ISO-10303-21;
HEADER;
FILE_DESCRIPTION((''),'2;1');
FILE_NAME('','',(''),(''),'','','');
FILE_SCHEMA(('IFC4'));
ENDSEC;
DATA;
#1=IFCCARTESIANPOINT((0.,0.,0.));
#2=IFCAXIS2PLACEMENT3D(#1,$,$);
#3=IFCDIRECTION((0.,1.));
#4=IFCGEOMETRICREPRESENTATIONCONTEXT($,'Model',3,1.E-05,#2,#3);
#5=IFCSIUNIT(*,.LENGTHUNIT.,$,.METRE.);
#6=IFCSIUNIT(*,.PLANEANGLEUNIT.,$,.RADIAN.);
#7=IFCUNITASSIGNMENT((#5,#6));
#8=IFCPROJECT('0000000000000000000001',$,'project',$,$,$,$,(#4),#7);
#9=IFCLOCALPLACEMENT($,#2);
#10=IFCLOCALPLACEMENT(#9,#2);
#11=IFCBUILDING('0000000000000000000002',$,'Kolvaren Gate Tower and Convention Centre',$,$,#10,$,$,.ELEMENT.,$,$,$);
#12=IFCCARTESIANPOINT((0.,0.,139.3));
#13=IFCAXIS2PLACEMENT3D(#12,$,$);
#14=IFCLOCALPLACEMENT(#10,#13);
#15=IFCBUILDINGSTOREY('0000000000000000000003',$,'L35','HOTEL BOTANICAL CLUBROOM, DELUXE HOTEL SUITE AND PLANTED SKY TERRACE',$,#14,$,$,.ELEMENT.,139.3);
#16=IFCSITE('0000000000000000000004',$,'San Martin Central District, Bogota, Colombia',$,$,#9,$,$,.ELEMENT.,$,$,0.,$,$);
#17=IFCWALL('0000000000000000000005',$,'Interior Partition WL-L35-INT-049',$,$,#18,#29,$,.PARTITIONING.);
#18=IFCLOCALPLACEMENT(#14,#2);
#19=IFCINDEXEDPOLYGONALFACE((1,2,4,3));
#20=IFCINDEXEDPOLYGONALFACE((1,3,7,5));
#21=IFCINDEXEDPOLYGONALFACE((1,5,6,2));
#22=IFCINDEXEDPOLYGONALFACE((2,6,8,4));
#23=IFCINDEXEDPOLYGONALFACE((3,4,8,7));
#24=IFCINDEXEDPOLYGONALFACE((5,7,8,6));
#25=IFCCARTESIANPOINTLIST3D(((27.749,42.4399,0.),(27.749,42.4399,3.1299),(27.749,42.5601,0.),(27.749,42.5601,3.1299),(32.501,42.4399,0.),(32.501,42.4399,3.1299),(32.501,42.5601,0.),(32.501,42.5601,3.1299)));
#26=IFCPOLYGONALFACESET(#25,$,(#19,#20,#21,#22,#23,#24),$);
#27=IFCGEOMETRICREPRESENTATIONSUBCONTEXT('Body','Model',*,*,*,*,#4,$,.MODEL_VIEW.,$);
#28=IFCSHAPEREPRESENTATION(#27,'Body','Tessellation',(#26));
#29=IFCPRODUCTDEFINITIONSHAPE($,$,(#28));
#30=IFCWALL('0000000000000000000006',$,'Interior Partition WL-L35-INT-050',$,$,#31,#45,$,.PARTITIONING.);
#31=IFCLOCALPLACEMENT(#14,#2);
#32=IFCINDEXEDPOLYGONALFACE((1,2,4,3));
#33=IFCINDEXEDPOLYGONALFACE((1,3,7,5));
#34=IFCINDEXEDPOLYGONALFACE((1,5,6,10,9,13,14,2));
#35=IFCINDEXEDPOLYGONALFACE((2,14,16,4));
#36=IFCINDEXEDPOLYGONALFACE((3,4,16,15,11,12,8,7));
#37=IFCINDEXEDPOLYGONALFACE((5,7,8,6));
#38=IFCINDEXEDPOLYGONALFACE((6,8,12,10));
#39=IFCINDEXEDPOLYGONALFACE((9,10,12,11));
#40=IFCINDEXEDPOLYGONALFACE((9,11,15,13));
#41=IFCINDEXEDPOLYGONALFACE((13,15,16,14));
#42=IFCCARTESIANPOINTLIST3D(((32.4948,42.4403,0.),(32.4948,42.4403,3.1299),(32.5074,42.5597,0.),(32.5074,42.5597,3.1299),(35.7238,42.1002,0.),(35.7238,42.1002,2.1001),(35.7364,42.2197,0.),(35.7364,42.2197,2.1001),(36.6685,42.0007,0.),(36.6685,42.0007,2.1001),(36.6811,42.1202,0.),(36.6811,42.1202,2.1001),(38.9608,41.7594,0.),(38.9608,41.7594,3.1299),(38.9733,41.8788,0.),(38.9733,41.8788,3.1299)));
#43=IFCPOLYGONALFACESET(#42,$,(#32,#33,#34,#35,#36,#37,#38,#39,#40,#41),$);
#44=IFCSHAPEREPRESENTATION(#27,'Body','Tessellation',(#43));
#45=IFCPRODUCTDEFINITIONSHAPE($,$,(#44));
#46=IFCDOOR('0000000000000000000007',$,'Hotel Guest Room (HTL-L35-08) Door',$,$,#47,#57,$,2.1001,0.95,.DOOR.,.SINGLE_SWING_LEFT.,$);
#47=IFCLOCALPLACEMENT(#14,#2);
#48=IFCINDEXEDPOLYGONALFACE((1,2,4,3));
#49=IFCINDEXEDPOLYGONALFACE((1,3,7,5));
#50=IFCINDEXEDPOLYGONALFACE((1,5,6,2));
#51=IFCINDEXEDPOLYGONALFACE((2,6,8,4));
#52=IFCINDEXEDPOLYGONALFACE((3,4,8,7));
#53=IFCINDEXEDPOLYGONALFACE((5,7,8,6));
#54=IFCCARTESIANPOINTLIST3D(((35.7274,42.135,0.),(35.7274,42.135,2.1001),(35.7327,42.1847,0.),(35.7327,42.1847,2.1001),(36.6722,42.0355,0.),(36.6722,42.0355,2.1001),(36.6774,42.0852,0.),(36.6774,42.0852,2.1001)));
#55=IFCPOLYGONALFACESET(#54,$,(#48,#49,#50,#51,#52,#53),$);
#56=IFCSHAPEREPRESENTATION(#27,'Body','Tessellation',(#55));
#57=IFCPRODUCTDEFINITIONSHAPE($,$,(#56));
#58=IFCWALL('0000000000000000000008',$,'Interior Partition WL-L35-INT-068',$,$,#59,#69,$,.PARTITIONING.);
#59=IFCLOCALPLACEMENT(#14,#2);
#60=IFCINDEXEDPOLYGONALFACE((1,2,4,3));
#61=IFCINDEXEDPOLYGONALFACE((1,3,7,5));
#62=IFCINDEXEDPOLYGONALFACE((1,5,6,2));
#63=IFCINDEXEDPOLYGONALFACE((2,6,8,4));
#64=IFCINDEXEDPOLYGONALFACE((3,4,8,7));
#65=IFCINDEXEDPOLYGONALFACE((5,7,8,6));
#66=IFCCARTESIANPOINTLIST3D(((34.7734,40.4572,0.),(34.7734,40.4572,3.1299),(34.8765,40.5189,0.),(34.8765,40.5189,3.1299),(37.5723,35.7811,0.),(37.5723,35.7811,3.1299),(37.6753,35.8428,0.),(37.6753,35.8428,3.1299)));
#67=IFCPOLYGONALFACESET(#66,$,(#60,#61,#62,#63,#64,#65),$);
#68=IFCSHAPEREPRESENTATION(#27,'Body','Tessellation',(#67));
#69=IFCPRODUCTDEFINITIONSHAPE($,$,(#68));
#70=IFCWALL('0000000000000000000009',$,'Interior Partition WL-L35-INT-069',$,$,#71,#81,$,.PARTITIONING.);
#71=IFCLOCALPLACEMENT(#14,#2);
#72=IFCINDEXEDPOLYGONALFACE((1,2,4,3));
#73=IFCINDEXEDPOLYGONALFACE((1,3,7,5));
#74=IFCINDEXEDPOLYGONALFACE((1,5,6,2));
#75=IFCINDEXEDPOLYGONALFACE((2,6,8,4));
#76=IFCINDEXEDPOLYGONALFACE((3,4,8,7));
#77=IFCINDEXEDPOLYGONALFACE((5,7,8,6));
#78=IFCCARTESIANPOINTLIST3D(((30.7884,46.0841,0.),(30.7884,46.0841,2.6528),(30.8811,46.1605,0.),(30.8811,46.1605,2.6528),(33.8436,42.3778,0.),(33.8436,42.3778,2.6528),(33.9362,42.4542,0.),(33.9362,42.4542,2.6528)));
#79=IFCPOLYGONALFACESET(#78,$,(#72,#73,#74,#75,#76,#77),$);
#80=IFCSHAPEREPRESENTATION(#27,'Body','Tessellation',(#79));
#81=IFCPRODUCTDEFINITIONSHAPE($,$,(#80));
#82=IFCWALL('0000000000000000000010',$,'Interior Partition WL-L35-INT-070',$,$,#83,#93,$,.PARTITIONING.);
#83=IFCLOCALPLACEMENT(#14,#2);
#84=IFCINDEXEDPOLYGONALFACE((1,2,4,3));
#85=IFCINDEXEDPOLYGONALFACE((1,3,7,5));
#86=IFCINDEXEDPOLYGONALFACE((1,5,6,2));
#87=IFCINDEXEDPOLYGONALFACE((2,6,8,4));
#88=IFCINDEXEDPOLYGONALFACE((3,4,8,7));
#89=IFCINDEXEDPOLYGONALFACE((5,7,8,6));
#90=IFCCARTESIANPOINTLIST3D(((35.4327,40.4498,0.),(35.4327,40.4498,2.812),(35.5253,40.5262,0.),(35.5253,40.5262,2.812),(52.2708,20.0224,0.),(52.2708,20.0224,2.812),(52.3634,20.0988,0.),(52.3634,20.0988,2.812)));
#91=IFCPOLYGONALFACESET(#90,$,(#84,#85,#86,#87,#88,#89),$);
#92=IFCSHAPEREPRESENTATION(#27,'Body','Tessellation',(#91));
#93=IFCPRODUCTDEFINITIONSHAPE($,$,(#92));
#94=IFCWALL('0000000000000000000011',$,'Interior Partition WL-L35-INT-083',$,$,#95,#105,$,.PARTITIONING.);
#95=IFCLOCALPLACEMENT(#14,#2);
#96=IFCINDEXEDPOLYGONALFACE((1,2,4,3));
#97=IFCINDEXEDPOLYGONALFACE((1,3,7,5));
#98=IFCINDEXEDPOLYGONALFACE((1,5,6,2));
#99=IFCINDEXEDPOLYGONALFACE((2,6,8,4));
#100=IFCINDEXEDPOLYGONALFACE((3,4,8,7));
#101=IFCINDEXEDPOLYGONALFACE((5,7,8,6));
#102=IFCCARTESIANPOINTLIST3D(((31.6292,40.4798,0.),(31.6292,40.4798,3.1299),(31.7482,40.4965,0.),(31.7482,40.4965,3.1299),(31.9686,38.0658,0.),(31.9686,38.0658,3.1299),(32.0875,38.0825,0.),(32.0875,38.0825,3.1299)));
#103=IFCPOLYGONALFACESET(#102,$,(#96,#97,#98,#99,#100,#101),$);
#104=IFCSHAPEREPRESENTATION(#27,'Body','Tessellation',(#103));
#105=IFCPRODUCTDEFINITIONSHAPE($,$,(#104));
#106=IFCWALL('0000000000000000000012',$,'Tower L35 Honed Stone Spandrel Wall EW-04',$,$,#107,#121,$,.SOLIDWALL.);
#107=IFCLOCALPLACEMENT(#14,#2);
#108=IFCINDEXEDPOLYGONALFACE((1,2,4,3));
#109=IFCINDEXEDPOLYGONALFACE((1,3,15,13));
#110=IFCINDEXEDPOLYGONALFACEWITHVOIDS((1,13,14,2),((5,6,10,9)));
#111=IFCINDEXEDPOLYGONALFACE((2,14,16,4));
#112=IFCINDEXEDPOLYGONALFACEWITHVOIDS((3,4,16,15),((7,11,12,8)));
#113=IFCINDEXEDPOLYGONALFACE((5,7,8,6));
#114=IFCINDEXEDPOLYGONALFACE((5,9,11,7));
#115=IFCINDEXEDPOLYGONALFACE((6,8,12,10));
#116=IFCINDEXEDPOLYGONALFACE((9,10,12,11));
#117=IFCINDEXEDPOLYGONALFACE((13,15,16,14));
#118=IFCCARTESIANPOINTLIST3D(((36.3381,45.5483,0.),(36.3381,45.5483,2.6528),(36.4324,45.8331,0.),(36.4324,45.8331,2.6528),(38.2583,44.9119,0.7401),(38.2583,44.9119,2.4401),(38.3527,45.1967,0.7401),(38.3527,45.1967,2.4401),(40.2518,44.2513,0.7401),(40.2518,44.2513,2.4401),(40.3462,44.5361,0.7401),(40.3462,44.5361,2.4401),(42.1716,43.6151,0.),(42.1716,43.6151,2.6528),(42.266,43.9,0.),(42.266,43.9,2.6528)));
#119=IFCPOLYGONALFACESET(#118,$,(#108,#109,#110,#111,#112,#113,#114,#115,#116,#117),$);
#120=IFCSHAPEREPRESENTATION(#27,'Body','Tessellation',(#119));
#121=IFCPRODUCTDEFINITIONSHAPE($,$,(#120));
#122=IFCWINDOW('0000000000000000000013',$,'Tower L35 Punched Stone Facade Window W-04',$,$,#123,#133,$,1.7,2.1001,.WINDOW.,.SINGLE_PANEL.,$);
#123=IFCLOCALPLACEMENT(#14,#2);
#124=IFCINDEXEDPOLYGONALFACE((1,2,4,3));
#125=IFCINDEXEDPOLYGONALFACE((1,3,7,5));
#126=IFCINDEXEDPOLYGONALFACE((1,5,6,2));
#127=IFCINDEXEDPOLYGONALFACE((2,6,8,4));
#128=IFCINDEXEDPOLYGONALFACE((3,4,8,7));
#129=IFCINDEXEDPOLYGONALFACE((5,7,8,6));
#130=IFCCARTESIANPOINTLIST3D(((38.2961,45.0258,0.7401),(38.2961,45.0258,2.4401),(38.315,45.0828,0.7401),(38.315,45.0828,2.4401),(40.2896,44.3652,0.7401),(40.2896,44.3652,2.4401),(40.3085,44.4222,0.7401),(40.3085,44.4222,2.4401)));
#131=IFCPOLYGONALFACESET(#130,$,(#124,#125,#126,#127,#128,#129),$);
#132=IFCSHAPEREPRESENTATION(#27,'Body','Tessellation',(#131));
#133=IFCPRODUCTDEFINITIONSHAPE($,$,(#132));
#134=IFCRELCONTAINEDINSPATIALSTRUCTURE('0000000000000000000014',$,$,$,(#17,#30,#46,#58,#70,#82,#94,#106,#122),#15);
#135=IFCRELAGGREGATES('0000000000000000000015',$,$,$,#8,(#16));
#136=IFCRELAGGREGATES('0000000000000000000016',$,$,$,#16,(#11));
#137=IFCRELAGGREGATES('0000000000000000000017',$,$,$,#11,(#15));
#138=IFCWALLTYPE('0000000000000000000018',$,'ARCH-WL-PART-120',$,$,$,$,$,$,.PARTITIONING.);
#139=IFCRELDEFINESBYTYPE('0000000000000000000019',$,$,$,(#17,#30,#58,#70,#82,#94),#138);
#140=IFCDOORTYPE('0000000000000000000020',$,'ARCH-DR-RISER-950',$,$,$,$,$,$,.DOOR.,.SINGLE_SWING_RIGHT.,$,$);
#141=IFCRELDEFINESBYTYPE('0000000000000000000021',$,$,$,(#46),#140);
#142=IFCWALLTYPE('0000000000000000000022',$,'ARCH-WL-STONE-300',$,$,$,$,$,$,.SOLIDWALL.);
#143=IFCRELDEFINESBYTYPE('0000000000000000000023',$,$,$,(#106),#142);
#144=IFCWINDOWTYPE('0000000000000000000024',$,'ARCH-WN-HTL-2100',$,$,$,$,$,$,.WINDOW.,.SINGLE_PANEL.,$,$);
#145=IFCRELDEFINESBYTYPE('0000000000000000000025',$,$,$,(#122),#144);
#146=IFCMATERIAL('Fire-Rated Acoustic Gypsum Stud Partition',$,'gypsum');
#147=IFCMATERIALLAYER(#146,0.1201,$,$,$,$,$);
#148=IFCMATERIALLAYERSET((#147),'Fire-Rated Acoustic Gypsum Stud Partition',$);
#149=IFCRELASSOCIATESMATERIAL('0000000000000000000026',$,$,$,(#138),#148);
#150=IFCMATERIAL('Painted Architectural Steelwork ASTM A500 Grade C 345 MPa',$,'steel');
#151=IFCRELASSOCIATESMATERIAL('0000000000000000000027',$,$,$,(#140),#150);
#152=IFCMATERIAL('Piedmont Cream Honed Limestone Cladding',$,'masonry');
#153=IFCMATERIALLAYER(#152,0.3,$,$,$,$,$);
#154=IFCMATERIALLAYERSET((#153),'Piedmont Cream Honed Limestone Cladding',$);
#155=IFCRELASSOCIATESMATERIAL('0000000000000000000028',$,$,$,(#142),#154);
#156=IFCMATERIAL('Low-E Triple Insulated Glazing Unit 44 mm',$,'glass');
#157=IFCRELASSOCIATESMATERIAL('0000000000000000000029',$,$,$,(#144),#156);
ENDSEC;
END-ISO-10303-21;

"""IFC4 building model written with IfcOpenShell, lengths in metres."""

from ifc_helpers import new_model, si_unit, direction, frame, frame_2d, origin, place, context, subcontext, project, spatial, rectangle, extrude, material, layer, layer_set, type_object, element, fill, save


model = new_model("IFC4")

# Units and contexts
model_context = context("Model", 3, precision=1e-05, world=origin(), true_north=direction((0.0, 1.0)))
body_context = subcontext(model_context, "Body", "Model", "MODEL_VIEW")
ifc_project = project(units=[si_unit("LENGTHUNIT", "METRE"), si_unit("PLANEANGLEUNIT", "RADIAN")], contexts=[model_context])

# Site, building, storey
site_placement = place(None, origin())
site = spatial("IfcSite", under=ifc_project, at=site_placement, Name="San Martin Central District, Bogota, Colombia", CompositionType="ELEMENT", RefElevation=0.0)
building_placement = place(site_placement, origin())
building = spatial("IfcBuilding", under=site, at=building_placement, Name="Kolvaren Gate Tower and Convention Centre", CompositionType="ELEMENT")
storey_placement = place(building_placement, frame((0.0, 0.0, 139.3)))
storey = spatial("IfcBuildingStorey", under=building, at=storey_placement, Name="L35", Description="HOTEL BOTANICAL CLUBROOM, DELUXE HOTEL SUITE AND PLANTED SKY TERRACE", CompositionType="ELEMENT", Elevation=139.3)

# Shared definitions
ifc_material_1 = material(Name="Fire-Rated Acoustic Gypsum Stud Partition", Category="gypsum")
ifc_layer_1 = layer(ifc_material_1, 0.1201)
ifc_layer_set_1 = layer_set([ifc_layer_1], Name="Fire-Rated Acoustic Gypsum Stud Partition")
wall_type_1 = type_object("IfcWallType", Name="ARCH-WL-PART-120", PredefinedType="PARTITIONING", material=ifc_layer_set_1)
ifc_material_2 = material(Name="Painted Architectural Steelwork ASTM A500 Grade C 345 MPa", Category="steel")
door_type_1 = type_object("IfcDoorType", Name="ARCH-DR-RISER-950", OperationType="SINGLE_SWING_RIGHT", PredefinedType="DOOR", material=ifc_material_2)

# Wall
wall_1_placement = place(storey_placement, frame((27.749, 42.5, 0.0), z_axis=(0.0, 0.0, 1.0), x_axis=(1.0, 0.0, 0.0)))
element("IfcWall", 1, at=wall_1_placement, inside=storey, type_object=wall_type_1, Name="Interior Partition WL-L35-INT-049", PredefinedType="PARTITIONING", context=body_context, shape_type="SweptSolid", body=[
    extrude(rectangle(XDim=4.752, YDim=0.1201, at=frame_2d((2.376, 0.0))), origin(), (0.0, 0.0, 1.0), 3.1299),
])

# Wall, opening, door
wall_2_placement = place(storey_placement, frame((32.501, 42.5, 0.0), z_axis=(0.0, 0.0, 1.0), x_axis=(0.994501, -0.104726, 0.0)))
wall_2 = element("IfcWall", 2, at=wall_2_placement, inside=storey, type_object=wall_type_1, Name="Interior Partition WL-L35-INT-050", PredefinedType="PARTITIONING", context=body_context, shape_type="SweptSolid", body=[
    extrude(rectangle(XDim=6.5017, YDim=0.1201, at=frame_2d((3.251, 0.0))), origin(), (0.0, 0.0, 1.0), 3.1299),
])
opening_1_placement = place(wall_2_placement, frame((3.2468, 0.0, 0.0)))
opening_1 = element("IfcOpeningElement", 3, at=opening_1_placement, cuts=wall_2, PredefinedType="OPENING", context=body_context, shape_type="SweptSolid", body=[
    extrude(rectangle(XDim=0.95, YDim=2.1001, at=frame_2d((0.4751, 1.05))), frame((0.0, 0.0701, 0.0), z_axis=(0.0, -1.0, 0.0), x_axis=(1.0, 0.0, 0.0)), (0.0, 0.0, 1.0), 0.1401),
])
door_1_placement = place(opening_1_placement, origin())
door_1 = element("IfcDoor", 4, at=door_1_placement, inside=storey, type_object=door_type_1, Name="Hotel Guest Room (HTL-L35-08) Door", OperationType="SINGLE_SWING_LEFT", OverallHeight=2.1001, OverallWidth=0.95, PredefinedType="DOOR", context=body_context, shape_type="SweptSolid", body=[
    extrude(rectangle(XDim=0.95, YDim=2.1001, at=frame_2d((0.4751, 1.05))), frame((0.0, 0.0249, 0.0), z_axis=(0.0, -1.0, 0.0), x_axis=(1.0, 0.0, 0.0)), (0.0, 0.0, 1.0), 0.05),
])
fill(opening_1, door_1)

# Walls
wall_3_placement = place(storey_placement, frame((34.825, 40.488, 0.0), z_axis=(0.0, 0.0, 1.0), x_axis=(0.51358, -0.858042, 0.0)))
element("IfcWall", 5, at=wall_3_placement, inside=storey, type_object=wall_type_1, Name="Interior Partition WL-L35-INT-068", PredefinedType="PARTITIONING", context=body_context, shape_type="SweptSolid", body=[
    extrude(rectangle(XDim=5.4497, YDim=0.1201, at=frame_2d((2.7249, 0.0))), origin(), (0.0, 0.0, 1.0), 3.1299),
])
wall_4_placement = place(storey_placement, frame((30.8347, 46.1223, 0.0), z_axis=(0.0, 0.0, 1.0), x_axis=(0.636071, -0.771631, 0.0)))
element("IfcWall", 6, at=wall_4_placement, inside=storey, type_object=wall_type_1, Name="Interior Partition WL-L35-INT-069", PredefinedType="PARTITIONING", context=body_context, shape_type="SweptSolid", body=[
    extrude(rectangle(XDim=4.8032, YDim=0.1201, at=frame_2d((2.4016, 0.0))), origin(), (0.0, 0.0, 1.0), 2.6528),
])
wall_5_placement = place(storey_placement, frame((35.479, 40.488, 0.0), z_axis=(0.0, 0.0, 1.0), x_axis=(0.636056, -0.771643, 0.0)))
element("IfcWall", 7, at=wall_5_placement, inside=storey, type_object=wall_type_1, Name="Interior Partition WL-L35-INT-070", PredefinedType="PARTITIONING", context=body_context, shape_type="SweptSolid", body=[
    extrude(rectangle(XDim=26.4727, YDim=0.1201, at=frame_2d((13.2363, 0.0))), origin(), (0.0, 0.0, 1.0), 2.812),
])
wall_6_placement = place(storey_placement, frame((31.6887, 40.488, 0.0), z_axis=(0.0, 0.0, 1.0), x_axis=(0.139206, -0.990263, 0.0)))
element("IfcWall", 8, at=wall_6_placement, inside=storey, type_object=wall_type_1, Name="Interior Partition WL-L35-INT-083", PredefinedType="PARTITIONING", context=body_context, shape_type="SweptSolid", body=[
    extrude(rectangle(XDim=2.4377, YDim=0.1201, at=frame_2d((1.2188, 0.0))), origin(), (0.0, 0.0, 1.0), 3.1299),
])

# Wall, opening, window
ifc_material_3 = material(Name="Piedmont Cream Honed Limestone Cladding", Category="masonry")
ifc_layer_2 = layer(ifc_material_3, 0.3)
ifc_layer_set_2 = layer_set([ifc_layer_2], Name="Piedmont Cream Honed Limestone Cladding")
wall_type_2 = type_object("IfcWallType", Name="ARCH-WL-STONE-300", PredefinedType="SOLIDWALL", material=ifc_layer_set_2)
wall_7_placement = place(storey_placement, frame((36.3853, 45.6907, 0.0), z_axis=(0.0, 0.0, 1.0), x_axis=(0.949238, -0.314559, 0.0)))
wall_7 = element("IfcWall", 9, at=wall_7_placement, inside=storey, type_object=wall_type_2, Name="Tower L35 Honed Stone Spandrel Wall EW-04", PredefinedType="SOLIDWALL", context=body_context, shape_type="SweptSolid", body=[
    extrude(rectangle(XDim=6.1455, YDim=0.3, at=frame_2d((3.0728, 0.0))), origin(), (0.0, 0.0, 1.0), 2.6528),
])
opening_2_placement = place(wall_7_placement, frame((2.0229, 0.0, 0.74)))
opening_2 = element("IfcOpeningElement", 10, at=opening_2_placement, cuts=wall_7, PredefinedType="OPENING", context=body_context, shape_type="SweptSolid", body=[
    extrude(rectangle(XDim=2.1001, YDim=1.7, at=frame_2d((1.05, 0.8501))), frame((0.0, 0.1599, 0.0), z_axis=(0.0, -1.0, 0.0), x_axis=(1.0, 0.0, 0.0)), (0.0, 0.0, 1.0), 0.3201),
])
ifc_material_4 = material(Name="Low-E Triple Insulated Glazing Unit 44 mm", Category="glass")
window_type_1 = type_object("IfcWindowType", Name="ARCH-WN-HTL-2100", PartitioningType="SINGLE_PANEL", PredefinedType="WINDOW", material=ifc_material_4)
window_1_placement = place(opening_2_placement, origin())
window_1 = element("IfcWindow", 11, at=window_1_placement, inside=storey, type_object=window_type_1, Name="Tower L35 Punched Stone Facade Window W-04", OverallHeight=1.7, OverallWidth=2.1001, PartitioningType="SINGLE_PANEL", PredefinedType="WINDOW", context=body_context, shape_type="SweptSolid", body=[
    extrude(rectangle(XDim=2.1001, YDim=1.7, at=frame_2d((1.05, 0.8501))), frame((0.0, 0.03, 0.0), z_axis=(0.0, -1.0, 0.0), x_axis=(1.0, 0.0, 0.0)), (0.0, 0.0, 1.0), 0.0601),
])
fill(opening_2, window_1)

save(model, "model.ifc")
